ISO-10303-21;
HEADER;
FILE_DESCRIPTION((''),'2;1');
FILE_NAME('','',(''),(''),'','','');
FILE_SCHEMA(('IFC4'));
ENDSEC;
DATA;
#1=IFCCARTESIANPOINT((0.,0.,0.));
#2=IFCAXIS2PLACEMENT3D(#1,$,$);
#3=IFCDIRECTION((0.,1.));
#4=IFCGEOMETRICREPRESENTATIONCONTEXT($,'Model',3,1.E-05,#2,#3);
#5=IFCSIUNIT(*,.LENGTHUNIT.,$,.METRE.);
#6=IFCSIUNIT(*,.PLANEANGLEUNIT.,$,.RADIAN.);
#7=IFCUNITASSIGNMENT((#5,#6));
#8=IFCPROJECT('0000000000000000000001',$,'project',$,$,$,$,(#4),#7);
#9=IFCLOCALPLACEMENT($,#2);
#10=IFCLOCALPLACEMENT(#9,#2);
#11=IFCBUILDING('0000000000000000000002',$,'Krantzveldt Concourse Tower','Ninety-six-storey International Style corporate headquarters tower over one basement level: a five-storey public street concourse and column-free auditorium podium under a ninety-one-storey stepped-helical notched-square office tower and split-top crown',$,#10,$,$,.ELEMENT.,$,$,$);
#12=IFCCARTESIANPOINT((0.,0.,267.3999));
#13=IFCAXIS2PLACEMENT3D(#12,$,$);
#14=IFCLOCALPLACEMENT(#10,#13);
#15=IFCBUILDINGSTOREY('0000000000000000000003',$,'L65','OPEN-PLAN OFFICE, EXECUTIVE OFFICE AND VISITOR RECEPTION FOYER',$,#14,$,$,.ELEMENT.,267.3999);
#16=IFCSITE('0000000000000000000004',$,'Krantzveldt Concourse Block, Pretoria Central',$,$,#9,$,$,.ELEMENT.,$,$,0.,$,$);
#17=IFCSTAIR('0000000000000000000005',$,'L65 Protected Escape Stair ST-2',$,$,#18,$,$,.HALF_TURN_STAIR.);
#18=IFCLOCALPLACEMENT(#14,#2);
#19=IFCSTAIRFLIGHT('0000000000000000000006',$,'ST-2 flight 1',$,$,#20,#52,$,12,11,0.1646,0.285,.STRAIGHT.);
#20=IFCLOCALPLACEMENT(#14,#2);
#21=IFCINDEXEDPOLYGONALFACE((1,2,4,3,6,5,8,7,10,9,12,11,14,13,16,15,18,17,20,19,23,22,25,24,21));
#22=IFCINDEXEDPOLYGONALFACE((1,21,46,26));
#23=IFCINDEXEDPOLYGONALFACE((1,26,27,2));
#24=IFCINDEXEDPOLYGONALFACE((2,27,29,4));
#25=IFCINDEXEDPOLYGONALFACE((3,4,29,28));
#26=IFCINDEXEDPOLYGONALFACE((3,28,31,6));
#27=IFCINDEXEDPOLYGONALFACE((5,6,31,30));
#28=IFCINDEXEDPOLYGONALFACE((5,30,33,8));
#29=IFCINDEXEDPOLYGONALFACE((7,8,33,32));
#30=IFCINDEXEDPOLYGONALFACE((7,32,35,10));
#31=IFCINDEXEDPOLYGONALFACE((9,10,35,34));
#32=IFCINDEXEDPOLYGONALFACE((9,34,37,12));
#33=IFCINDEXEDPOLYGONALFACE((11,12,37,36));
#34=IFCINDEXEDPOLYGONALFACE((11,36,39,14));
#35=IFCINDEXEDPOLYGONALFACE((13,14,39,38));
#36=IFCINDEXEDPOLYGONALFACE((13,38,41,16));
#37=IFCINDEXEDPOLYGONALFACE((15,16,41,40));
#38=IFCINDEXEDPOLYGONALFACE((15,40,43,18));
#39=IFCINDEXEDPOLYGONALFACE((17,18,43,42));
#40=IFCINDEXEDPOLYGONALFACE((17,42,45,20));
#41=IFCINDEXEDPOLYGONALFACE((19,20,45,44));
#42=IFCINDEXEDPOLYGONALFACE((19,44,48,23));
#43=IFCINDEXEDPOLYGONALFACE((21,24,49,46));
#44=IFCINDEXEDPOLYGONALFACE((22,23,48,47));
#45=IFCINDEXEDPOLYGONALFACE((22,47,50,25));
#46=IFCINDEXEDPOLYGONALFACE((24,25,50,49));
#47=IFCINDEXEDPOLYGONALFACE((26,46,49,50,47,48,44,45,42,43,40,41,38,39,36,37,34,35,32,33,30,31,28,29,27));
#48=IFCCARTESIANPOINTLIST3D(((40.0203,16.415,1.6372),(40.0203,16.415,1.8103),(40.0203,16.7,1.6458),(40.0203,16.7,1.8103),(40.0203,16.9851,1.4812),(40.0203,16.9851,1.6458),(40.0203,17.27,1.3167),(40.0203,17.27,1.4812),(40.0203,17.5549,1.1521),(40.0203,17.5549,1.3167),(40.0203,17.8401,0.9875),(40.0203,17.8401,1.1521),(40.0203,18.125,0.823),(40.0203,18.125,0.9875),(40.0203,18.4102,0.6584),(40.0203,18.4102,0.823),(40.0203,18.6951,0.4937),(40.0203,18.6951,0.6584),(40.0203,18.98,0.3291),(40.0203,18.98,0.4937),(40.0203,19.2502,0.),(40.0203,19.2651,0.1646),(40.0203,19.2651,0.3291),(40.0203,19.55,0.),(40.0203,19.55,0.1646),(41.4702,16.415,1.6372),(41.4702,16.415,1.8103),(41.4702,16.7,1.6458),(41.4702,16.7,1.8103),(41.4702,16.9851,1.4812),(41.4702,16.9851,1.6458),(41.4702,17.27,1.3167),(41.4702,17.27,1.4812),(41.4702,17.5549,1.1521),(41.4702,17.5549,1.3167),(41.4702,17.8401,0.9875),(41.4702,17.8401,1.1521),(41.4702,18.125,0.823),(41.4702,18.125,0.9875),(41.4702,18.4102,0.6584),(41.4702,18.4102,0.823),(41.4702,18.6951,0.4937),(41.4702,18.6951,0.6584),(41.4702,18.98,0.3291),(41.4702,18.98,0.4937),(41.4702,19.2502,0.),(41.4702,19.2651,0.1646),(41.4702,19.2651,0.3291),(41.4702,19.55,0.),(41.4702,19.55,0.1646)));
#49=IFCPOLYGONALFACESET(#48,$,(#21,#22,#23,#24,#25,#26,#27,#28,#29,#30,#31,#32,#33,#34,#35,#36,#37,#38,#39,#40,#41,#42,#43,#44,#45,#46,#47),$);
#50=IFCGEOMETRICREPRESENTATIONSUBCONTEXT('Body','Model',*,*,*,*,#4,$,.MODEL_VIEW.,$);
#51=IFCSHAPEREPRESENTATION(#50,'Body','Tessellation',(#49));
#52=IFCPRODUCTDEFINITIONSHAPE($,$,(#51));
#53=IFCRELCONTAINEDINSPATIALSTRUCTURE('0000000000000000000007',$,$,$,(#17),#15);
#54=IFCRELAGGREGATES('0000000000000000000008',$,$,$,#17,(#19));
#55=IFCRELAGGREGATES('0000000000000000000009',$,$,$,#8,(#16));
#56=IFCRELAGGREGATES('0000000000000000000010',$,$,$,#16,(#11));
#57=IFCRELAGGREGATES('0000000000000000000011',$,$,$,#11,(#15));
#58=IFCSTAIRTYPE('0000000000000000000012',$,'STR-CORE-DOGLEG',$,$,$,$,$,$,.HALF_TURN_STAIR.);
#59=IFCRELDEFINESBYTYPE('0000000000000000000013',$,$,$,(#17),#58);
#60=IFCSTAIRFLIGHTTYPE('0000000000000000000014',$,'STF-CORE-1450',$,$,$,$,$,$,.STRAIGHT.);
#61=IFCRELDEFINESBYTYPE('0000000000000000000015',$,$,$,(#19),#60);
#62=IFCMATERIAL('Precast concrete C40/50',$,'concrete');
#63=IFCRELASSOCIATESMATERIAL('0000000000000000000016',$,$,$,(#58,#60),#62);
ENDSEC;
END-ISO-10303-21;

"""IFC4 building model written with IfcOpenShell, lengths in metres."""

from ifc_helpers import new_model, si_unit, direction, frame, origin, place, context, subcontext, project, spatial, polyline, outline, extrude, material, type_object, element, aggregate, save


model = new_model("IFC4")

# Units and contexts
model_context = context("Model", 3, precision=1e-05, world=origin(), true_north=direction((0.0, 1.0)))
body_context = subcontext(model_context, "Body", "Model", "MODEL_VIEW")
ifc_project = project(units=[si_unit("LENGTHUNIT", "METRE"), si_unit("PLANEANGLEUNIT", "RADIAN")], contexts=[model_context])

# Site, building, storey
site_placement = place(None, origin())
site = spatial("IfcSite", under=ifc_project, at=site_placement, Name="Krantzveldt Concourse Block, Pretoria Central", CompositionType="ELEMENT", RefElevation=0.0)
building_placement = place(site_placement, origin())
building = spatial("IfcBuilding", under=site, at=building_placement, Name="Krantzveldt Concourse Tower", Description="Ninety-six-storey International Style corporate headquarters tower over one basement level: a five-storey public street concourse and column-free auditorium podium under a ninety-one-storey stepped-helical notched-square office tower and split-top crown", CompositionType="ELEMENT")
storey_placement = place(building_placement, frame((0.0, 0.0, 267.3999)))
storey = spatial("IfcBuildingStorey", under=building, at=storey_placement, Name="L65", Description="OPEN-PLAN OFFICE, EXECUTIVE OFFICE AND VISITOR RECEPTION FOYER", CompositionType="ELEMENT", Elevation=267.3999)

# Stair, stair flight
ifc_material_1 = material(Name="Precast concrete C40/50", Category="concrete")
stair_type = type_object("IfcStairType", Name="STR-CORE-DOGLEG", PredefinedType="HALF_TURN_STAIR", material=ifc_material_1)
stair_placement = place(storey_placement, origin())
stair = element("IfcStair", 1, at=stair_placement, inside=storey, type_object=stair_type, Name="L65 Protected Escape Stair ST-2", PredefinedType="HALF_TURN_STAIR")
stair_flight_type = type_object("IfcStairFlightType", Name="STF-CORE-1450", PredefinedType="STRAIGHT", material=ifc_material_1)
stair_flight_placement = place(storey_placement, frame((40.7451, 19.55, 0.0), z_axis=(0.0, 0.0, 1.0), x_axis=(0.0, -1.0, 0.0)))
stair_flight = element("IfcStairFlight", 2, at=stair_flight_placement, type_object=stair_flight_type, Name="ST-2 flight 1", NumberOfRisers=12, NumberOfTreads=11, PredefinedType="STRAIGHT", RiserHeight=0.1646, TreadLength=0.285, context=body_context, shape_type="SweptSolid", body=[
    extrude(outline(polyline([(0.0, 0.0), (0.0, 0.1646), (0.2849, 0.1646), (0.2849, 0.3291), (0.5701, 0.3291), (0.5701, 0.4937), (0.855, 0.4937), (0.855, 0.6584), (1.1399, 0.6584), (1.1399, 0.823), (1.425, 0.823), (1.425, 0.9875), (1.71, 0.9875), (1.71, 1.1521), (1.9951, 1.1521), (1.9951, 1.3167), (2.28, 1.3167), (2.28, 1.4812), (2.5649, 1.4812), (2.5649, 1.6458), (2.8501, 1.6458), (2.8501, 1.8103), (3.135, 1.8103), (3.135, 1.9751), (3.135, 1.6372), (0.2998, 0.0), (0.0, 0.0)])), frame((0.0, 0.7251, 0.0), z_axis=(0.0, -1.0, 0.0), x_axis=(1.0, 0.0, 0.0)), (0.0, 0.0, 1.0), 1.45),
])
aggregate(stair, [stair_flight])

save(model, "model.ifc")
